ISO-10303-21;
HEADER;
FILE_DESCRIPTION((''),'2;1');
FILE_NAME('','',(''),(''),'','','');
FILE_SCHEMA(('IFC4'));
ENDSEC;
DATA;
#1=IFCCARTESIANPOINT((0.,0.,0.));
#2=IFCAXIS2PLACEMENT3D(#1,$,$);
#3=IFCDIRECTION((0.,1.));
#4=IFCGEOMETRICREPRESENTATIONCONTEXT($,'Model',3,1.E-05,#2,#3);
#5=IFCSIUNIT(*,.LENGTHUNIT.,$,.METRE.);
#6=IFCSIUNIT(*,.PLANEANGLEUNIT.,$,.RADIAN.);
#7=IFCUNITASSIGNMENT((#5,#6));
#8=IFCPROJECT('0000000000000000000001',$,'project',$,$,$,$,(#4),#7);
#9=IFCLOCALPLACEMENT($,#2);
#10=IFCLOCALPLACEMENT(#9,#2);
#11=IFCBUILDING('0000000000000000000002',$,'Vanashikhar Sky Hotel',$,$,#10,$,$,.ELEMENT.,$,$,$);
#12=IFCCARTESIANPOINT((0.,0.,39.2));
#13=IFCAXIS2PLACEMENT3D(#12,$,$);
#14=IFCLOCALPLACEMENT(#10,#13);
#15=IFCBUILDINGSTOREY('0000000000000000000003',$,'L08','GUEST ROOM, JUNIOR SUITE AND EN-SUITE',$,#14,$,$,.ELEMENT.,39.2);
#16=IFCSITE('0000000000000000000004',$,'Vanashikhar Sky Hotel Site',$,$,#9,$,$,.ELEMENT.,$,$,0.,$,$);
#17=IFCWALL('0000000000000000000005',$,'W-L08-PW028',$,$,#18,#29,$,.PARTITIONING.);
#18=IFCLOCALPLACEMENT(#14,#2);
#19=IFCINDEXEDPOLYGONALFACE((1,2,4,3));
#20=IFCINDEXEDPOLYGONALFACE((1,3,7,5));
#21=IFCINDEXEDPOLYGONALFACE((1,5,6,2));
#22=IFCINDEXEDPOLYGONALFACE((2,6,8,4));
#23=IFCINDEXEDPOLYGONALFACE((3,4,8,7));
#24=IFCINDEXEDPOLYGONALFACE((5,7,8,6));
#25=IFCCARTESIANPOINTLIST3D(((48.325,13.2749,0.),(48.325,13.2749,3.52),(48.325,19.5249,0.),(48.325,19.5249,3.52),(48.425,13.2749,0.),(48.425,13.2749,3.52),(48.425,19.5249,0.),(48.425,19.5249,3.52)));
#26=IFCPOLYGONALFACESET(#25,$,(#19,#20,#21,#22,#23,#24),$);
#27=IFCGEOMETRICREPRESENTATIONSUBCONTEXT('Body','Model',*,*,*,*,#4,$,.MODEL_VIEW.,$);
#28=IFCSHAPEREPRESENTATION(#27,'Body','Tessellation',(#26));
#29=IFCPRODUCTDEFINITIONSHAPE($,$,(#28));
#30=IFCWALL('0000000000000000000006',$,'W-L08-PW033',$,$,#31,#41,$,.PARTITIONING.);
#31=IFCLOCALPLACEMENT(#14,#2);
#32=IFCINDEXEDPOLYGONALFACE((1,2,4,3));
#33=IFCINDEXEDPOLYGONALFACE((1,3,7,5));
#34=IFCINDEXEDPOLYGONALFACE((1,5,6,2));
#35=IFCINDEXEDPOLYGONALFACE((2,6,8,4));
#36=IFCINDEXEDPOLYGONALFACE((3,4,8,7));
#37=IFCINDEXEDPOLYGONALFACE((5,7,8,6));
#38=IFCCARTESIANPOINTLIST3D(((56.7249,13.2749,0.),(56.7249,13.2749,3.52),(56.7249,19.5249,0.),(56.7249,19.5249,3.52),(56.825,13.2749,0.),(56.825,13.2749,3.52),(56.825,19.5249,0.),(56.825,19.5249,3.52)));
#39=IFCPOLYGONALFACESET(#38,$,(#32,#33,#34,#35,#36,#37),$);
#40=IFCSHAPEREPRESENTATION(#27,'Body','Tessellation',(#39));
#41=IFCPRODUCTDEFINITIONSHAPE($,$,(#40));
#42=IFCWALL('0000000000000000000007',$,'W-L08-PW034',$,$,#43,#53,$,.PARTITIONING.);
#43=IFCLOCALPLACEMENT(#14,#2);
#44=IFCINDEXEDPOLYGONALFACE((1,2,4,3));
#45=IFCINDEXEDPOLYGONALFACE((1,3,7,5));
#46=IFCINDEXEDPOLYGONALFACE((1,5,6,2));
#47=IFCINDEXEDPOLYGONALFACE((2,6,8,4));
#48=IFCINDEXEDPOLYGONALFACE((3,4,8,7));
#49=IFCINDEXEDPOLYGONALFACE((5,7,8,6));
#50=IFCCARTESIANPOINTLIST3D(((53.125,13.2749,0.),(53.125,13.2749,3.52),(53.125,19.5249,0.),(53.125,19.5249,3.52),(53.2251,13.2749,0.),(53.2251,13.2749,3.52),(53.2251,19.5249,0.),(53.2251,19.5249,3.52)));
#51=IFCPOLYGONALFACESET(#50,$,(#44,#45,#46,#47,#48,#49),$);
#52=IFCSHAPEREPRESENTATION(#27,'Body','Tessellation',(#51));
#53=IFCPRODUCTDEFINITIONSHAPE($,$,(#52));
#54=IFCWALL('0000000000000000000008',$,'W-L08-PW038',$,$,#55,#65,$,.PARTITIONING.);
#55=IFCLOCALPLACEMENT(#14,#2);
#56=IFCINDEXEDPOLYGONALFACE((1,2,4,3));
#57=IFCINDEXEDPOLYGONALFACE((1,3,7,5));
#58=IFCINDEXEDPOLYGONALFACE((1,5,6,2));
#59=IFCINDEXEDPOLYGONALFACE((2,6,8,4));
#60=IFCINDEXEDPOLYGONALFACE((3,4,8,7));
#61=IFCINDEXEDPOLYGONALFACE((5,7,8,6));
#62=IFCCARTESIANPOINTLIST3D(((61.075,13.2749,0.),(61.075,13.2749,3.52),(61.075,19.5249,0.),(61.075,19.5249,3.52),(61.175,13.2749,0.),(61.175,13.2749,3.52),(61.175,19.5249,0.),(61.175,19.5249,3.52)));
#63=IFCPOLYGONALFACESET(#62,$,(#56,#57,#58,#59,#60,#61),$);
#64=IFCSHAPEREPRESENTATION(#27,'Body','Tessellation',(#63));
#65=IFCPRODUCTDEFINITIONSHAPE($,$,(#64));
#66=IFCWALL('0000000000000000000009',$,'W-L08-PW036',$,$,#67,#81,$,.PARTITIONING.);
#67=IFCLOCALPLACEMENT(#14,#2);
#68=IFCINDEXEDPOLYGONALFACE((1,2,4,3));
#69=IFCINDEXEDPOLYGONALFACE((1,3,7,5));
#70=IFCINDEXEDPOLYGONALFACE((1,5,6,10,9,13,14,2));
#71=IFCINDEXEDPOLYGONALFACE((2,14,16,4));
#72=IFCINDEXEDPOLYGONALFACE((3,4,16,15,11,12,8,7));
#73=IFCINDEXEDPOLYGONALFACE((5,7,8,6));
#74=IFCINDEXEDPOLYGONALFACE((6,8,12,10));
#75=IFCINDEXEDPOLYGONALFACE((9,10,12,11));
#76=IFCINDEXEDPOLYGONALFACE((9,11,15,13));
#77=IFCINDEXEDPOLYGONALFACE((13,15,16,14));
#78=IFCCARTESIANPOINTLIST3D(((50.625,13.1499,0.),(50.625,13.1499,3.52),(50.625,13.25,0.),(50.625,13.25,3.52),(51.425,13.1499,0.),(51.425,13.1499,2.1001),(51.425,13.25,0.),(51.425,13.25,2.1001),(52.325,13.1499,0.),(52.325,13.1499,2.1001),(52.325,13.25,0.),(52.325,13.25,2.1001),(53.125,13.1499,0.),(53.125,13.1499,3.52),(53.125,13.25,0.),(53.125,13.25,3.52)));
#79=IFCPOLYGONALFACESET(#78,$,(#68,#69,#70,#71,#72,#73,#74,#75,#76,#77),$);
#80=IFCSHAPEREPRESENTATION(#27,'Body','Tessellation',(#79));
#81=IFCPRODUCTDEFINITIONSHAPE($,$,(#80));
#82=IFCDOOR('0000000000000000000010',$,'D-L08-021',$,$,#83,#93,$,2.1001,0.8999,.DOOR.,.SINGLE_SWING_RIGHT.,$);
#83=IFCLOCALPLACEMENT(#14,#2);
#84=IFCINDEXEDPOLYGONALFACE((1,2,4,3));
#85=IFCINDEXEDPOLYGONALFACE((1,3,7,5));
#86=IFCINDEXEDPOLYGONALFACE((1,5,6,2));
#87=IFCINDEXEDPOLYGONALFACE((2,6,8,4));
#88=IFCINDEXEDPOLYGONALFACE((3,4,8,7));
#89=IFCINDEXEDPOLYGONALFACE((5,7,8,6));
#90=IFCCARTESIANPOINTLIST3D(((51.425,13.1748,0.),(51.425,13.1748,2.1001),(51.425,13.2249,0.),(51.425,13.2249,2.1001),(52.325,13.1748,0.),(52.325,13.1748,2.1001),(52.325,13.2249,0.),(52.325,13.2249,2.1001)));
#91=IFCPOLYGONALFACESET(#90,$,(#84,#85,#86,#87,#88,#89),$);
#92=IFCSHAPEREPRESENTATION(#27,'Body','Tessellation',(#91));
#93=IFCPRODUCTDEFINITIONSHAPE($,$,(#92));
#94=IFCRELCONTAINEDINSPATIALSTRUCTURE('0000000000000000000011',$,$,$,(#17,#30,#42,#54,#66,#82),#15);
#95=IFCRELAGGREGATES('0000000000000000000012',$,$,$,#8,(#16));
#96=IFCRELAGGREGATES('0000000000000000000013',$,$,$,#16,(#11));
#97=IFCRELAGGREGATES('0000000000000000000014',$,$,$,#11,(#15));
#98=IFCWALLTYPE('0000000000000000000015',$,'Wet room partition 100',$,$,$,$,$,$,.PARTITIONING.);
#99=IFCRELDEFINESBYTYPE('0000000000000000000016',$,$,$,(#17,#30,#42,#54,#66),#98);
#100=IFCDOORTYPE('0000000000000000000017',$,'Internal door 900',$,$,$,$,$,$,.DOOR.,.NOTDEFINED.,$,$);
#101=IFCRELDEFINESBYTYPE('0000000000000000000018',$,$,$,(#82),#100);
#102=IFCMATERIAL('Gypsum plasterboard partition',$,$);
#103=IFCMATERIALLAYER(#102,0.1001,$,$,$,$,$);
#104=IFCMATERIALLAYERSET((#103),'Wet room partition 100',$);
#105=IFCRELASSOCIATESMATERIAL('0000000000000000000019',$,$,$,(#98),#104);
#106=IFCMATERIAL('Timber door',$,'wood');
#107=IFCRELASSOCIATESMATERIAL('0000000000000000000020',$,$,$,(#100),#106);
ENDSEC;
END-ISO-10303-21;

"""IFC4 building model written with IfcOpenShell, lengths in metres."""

from ifc_helpers import new_model, si_unit, direction, frame, frame_2d, origin, place, context, subcontext, project, spatial, rectangle, extrude, source, transform, mapped, material, layer, layer_set, type_object, element, fill, save


model = new_model("IFC4")

# Units and contexts
model_context = context("Model", 3, precision=1e-05, world=origin(), true_north=direction((0.0, 1.0)))
body_context = subcontext(model_context, "Body", "Model", "MODEL_VIEW")
ifc_project = project(units=[si_unit("LENGTHUNIT", "METRE"), si_unit("PLANEANGLEUNIT", "RADIAN")], contexts=[model_context])

# Site, building, storey
site_placement = place(None, origin())
site = spatial("IfcSite", under=ifc_project, at=site_placement, Name="Vanashikhar Sky Hotel Site", CompositionType="ELEMENT", RefElevation=0.0)
building_placement = place(site_placement, origin())
building = spatial("IfcBuilding", under=site, at=building_placement, Name="Vanashikhar Sky Hotel", CompositionType="ELEMENT")
storey_placement = place(building_placement, frame((0.0, 0.0, 39.2)))
storey = spatial("IfcBuildingStorey", under=building, at=storey_placement, Name="L08", Description="GUEST ROOM, JUNIOR SUITE AND EN-SUITE", CompositionType="ELEMENT", Elevation=39.2)

# Shared definitions
ifc_material_1 = material(Name="Gypsum plasterboard partition")
ifc_layer_1 = layer(ifc_material_1, 0.1001)
ifc_layer_set_1 = layer_set([ifc_layer_1], Name="Wet room partition 100")
wall_type_1 = type_object("IfcWallType", Name="Wet room partition 100", PredefinedType="PARTITIONING", material=ifc_layer_set_1)
shared_shape_1 = source(origin(), body_context, "Body", "SweptSolid", [
    extrude(rectangle(XDim=0.8999, YDim=2.1001, at=frame_2d((0.45, 1.05))), frame((0.0, 0.0601, 0.0), z_axis=(0.0, -1.0, 0.0), x_axis=(1.0, 0.0, 0.0)), (0.0, 0.0, 1.0), 0.1201),
])
ifc_material_2 = material(Name="Timber door", Category="wood")
door_type = type_object("IfcDoorType", Name="Internal door 900", OperationType="NOTDEFINED", PredefinedType="DOOR", material=ifc_material_2)
shared_shape_2 = source(origin(), body_context, "Body", "SweptSolid", [
    extrude(rectangle(XDim=0.8999, YDim=2.1001, at=frame_2d((0.45, 1.05))), frame((0.0, 0.0249, 0.0), z_axis=(0.0, -1.0, 0.0), x_axis=(1.0, 0.0, 0.0)), (0.0, 0.0, 1.0), 0.05),
])

# Walls
shared_shape_3 = source(origin(), body_context, "Body", "SweptSolid", [
    extrude(rectangle(XDim=6.25, YDim=0.1001, at=frame_2d((3.125, 0.0))), origin(), (0.0, 0.0, 1.0), 3.52),
])
for number, where, z_axis, x_axis, name in (
    (1, (48.375, 13.2749, 0.0), (0.0, 0.0, 1.0), (0.0, 1.0, 0.0), "W-L08-PW028"),
    (2, (56.7749, 13.2749, 0.0), (0.0, 0.0, 1.0), (0.0, 1.0, 0.0), "W-L08-PW033"),
    (3, (53.175, 13.2749, 0.0), (0.0, 0.0, 1.0), (0.0, 1.0, 0.0), "W-L08-PW034"),
    (4, (61.125, 13.2749, 0.0), (0.0, 0.0, 1.0), (0.0, 1.0, 0.0), "W-L08-PW038"),
):
    element("IfcWall", number, at=place(storey_placement, frame(where, z_axis=z_axis, x_axis=x_axis)), inside=storey, type_object=wall_type_1, Name=name, PredefinedType="PARTITIONING", context=body_context, shape_type="MappedRepresentation", body=[
        mapped(shared_shape_3, transform((0.0, 0.0, 0.0), scale=1.0)),
    ])

# Wall, opening, door
shared_shape_4 = source(origin(), body_context, "Body", "SweptSolid", [
    extrude(rectangle(XDim=2.5, YDim=0.1001, at=frame_2d((1.25, 0.0))), origin(), (0.0, 0.0, 1.0), 3.52),
])
wall_1_placement = place(storey_placement, frame((50.625, 13.2, 0.0), z_axis=(0.0, 0.0, 1.0), x_axis=(1.0, 0.0, 0.0)))
wall_1 = element("IfcWall", 5, at=wall_1_placement, inside=storey, type_object=wall_type_1, Name="W-L08-PW036", PredefinedType="PARTITIONING", context=body_context, shape_type="MappedRepresentation", body=[
    mapped(shared_shape_4, transform((0.0, 0.0, 0.0), scale=1.0)),
])
opening_1_placement = place(wall_1_placement, frame((0.8, 0.0, 0.0)))
opening_1 = element("IfcOpeningElement", 6, at=opening_1_placement, cuts=wall_1, PredefinedType="OPENING", context=body_context, shape_type="MappedRepresentation", body=[
    mapped(shared_shape_1, transform((0.0, 0.0, 0.0), scale=1.0)),
])
door_1_placement = place(opening_1_placement, origin())
door_1 = element("IfcDoor", 7, at=door_1_placement, inside=storey, type_object=door_type, Name="D-L08-021", OperationType="SINGLE_SWING_RIGHT", OverallHeight=2.1001, OverallWidth=0.8999, PredefinedType="DOOR", context=body_context, shape_type="MappedRepresentation", body=[
    mapped(shared_shape_2, transform((0.0, 0.0, 0.0), scale=1.0)),
])
fill(opening_1, door_1)

save(model, "model.ifc")
